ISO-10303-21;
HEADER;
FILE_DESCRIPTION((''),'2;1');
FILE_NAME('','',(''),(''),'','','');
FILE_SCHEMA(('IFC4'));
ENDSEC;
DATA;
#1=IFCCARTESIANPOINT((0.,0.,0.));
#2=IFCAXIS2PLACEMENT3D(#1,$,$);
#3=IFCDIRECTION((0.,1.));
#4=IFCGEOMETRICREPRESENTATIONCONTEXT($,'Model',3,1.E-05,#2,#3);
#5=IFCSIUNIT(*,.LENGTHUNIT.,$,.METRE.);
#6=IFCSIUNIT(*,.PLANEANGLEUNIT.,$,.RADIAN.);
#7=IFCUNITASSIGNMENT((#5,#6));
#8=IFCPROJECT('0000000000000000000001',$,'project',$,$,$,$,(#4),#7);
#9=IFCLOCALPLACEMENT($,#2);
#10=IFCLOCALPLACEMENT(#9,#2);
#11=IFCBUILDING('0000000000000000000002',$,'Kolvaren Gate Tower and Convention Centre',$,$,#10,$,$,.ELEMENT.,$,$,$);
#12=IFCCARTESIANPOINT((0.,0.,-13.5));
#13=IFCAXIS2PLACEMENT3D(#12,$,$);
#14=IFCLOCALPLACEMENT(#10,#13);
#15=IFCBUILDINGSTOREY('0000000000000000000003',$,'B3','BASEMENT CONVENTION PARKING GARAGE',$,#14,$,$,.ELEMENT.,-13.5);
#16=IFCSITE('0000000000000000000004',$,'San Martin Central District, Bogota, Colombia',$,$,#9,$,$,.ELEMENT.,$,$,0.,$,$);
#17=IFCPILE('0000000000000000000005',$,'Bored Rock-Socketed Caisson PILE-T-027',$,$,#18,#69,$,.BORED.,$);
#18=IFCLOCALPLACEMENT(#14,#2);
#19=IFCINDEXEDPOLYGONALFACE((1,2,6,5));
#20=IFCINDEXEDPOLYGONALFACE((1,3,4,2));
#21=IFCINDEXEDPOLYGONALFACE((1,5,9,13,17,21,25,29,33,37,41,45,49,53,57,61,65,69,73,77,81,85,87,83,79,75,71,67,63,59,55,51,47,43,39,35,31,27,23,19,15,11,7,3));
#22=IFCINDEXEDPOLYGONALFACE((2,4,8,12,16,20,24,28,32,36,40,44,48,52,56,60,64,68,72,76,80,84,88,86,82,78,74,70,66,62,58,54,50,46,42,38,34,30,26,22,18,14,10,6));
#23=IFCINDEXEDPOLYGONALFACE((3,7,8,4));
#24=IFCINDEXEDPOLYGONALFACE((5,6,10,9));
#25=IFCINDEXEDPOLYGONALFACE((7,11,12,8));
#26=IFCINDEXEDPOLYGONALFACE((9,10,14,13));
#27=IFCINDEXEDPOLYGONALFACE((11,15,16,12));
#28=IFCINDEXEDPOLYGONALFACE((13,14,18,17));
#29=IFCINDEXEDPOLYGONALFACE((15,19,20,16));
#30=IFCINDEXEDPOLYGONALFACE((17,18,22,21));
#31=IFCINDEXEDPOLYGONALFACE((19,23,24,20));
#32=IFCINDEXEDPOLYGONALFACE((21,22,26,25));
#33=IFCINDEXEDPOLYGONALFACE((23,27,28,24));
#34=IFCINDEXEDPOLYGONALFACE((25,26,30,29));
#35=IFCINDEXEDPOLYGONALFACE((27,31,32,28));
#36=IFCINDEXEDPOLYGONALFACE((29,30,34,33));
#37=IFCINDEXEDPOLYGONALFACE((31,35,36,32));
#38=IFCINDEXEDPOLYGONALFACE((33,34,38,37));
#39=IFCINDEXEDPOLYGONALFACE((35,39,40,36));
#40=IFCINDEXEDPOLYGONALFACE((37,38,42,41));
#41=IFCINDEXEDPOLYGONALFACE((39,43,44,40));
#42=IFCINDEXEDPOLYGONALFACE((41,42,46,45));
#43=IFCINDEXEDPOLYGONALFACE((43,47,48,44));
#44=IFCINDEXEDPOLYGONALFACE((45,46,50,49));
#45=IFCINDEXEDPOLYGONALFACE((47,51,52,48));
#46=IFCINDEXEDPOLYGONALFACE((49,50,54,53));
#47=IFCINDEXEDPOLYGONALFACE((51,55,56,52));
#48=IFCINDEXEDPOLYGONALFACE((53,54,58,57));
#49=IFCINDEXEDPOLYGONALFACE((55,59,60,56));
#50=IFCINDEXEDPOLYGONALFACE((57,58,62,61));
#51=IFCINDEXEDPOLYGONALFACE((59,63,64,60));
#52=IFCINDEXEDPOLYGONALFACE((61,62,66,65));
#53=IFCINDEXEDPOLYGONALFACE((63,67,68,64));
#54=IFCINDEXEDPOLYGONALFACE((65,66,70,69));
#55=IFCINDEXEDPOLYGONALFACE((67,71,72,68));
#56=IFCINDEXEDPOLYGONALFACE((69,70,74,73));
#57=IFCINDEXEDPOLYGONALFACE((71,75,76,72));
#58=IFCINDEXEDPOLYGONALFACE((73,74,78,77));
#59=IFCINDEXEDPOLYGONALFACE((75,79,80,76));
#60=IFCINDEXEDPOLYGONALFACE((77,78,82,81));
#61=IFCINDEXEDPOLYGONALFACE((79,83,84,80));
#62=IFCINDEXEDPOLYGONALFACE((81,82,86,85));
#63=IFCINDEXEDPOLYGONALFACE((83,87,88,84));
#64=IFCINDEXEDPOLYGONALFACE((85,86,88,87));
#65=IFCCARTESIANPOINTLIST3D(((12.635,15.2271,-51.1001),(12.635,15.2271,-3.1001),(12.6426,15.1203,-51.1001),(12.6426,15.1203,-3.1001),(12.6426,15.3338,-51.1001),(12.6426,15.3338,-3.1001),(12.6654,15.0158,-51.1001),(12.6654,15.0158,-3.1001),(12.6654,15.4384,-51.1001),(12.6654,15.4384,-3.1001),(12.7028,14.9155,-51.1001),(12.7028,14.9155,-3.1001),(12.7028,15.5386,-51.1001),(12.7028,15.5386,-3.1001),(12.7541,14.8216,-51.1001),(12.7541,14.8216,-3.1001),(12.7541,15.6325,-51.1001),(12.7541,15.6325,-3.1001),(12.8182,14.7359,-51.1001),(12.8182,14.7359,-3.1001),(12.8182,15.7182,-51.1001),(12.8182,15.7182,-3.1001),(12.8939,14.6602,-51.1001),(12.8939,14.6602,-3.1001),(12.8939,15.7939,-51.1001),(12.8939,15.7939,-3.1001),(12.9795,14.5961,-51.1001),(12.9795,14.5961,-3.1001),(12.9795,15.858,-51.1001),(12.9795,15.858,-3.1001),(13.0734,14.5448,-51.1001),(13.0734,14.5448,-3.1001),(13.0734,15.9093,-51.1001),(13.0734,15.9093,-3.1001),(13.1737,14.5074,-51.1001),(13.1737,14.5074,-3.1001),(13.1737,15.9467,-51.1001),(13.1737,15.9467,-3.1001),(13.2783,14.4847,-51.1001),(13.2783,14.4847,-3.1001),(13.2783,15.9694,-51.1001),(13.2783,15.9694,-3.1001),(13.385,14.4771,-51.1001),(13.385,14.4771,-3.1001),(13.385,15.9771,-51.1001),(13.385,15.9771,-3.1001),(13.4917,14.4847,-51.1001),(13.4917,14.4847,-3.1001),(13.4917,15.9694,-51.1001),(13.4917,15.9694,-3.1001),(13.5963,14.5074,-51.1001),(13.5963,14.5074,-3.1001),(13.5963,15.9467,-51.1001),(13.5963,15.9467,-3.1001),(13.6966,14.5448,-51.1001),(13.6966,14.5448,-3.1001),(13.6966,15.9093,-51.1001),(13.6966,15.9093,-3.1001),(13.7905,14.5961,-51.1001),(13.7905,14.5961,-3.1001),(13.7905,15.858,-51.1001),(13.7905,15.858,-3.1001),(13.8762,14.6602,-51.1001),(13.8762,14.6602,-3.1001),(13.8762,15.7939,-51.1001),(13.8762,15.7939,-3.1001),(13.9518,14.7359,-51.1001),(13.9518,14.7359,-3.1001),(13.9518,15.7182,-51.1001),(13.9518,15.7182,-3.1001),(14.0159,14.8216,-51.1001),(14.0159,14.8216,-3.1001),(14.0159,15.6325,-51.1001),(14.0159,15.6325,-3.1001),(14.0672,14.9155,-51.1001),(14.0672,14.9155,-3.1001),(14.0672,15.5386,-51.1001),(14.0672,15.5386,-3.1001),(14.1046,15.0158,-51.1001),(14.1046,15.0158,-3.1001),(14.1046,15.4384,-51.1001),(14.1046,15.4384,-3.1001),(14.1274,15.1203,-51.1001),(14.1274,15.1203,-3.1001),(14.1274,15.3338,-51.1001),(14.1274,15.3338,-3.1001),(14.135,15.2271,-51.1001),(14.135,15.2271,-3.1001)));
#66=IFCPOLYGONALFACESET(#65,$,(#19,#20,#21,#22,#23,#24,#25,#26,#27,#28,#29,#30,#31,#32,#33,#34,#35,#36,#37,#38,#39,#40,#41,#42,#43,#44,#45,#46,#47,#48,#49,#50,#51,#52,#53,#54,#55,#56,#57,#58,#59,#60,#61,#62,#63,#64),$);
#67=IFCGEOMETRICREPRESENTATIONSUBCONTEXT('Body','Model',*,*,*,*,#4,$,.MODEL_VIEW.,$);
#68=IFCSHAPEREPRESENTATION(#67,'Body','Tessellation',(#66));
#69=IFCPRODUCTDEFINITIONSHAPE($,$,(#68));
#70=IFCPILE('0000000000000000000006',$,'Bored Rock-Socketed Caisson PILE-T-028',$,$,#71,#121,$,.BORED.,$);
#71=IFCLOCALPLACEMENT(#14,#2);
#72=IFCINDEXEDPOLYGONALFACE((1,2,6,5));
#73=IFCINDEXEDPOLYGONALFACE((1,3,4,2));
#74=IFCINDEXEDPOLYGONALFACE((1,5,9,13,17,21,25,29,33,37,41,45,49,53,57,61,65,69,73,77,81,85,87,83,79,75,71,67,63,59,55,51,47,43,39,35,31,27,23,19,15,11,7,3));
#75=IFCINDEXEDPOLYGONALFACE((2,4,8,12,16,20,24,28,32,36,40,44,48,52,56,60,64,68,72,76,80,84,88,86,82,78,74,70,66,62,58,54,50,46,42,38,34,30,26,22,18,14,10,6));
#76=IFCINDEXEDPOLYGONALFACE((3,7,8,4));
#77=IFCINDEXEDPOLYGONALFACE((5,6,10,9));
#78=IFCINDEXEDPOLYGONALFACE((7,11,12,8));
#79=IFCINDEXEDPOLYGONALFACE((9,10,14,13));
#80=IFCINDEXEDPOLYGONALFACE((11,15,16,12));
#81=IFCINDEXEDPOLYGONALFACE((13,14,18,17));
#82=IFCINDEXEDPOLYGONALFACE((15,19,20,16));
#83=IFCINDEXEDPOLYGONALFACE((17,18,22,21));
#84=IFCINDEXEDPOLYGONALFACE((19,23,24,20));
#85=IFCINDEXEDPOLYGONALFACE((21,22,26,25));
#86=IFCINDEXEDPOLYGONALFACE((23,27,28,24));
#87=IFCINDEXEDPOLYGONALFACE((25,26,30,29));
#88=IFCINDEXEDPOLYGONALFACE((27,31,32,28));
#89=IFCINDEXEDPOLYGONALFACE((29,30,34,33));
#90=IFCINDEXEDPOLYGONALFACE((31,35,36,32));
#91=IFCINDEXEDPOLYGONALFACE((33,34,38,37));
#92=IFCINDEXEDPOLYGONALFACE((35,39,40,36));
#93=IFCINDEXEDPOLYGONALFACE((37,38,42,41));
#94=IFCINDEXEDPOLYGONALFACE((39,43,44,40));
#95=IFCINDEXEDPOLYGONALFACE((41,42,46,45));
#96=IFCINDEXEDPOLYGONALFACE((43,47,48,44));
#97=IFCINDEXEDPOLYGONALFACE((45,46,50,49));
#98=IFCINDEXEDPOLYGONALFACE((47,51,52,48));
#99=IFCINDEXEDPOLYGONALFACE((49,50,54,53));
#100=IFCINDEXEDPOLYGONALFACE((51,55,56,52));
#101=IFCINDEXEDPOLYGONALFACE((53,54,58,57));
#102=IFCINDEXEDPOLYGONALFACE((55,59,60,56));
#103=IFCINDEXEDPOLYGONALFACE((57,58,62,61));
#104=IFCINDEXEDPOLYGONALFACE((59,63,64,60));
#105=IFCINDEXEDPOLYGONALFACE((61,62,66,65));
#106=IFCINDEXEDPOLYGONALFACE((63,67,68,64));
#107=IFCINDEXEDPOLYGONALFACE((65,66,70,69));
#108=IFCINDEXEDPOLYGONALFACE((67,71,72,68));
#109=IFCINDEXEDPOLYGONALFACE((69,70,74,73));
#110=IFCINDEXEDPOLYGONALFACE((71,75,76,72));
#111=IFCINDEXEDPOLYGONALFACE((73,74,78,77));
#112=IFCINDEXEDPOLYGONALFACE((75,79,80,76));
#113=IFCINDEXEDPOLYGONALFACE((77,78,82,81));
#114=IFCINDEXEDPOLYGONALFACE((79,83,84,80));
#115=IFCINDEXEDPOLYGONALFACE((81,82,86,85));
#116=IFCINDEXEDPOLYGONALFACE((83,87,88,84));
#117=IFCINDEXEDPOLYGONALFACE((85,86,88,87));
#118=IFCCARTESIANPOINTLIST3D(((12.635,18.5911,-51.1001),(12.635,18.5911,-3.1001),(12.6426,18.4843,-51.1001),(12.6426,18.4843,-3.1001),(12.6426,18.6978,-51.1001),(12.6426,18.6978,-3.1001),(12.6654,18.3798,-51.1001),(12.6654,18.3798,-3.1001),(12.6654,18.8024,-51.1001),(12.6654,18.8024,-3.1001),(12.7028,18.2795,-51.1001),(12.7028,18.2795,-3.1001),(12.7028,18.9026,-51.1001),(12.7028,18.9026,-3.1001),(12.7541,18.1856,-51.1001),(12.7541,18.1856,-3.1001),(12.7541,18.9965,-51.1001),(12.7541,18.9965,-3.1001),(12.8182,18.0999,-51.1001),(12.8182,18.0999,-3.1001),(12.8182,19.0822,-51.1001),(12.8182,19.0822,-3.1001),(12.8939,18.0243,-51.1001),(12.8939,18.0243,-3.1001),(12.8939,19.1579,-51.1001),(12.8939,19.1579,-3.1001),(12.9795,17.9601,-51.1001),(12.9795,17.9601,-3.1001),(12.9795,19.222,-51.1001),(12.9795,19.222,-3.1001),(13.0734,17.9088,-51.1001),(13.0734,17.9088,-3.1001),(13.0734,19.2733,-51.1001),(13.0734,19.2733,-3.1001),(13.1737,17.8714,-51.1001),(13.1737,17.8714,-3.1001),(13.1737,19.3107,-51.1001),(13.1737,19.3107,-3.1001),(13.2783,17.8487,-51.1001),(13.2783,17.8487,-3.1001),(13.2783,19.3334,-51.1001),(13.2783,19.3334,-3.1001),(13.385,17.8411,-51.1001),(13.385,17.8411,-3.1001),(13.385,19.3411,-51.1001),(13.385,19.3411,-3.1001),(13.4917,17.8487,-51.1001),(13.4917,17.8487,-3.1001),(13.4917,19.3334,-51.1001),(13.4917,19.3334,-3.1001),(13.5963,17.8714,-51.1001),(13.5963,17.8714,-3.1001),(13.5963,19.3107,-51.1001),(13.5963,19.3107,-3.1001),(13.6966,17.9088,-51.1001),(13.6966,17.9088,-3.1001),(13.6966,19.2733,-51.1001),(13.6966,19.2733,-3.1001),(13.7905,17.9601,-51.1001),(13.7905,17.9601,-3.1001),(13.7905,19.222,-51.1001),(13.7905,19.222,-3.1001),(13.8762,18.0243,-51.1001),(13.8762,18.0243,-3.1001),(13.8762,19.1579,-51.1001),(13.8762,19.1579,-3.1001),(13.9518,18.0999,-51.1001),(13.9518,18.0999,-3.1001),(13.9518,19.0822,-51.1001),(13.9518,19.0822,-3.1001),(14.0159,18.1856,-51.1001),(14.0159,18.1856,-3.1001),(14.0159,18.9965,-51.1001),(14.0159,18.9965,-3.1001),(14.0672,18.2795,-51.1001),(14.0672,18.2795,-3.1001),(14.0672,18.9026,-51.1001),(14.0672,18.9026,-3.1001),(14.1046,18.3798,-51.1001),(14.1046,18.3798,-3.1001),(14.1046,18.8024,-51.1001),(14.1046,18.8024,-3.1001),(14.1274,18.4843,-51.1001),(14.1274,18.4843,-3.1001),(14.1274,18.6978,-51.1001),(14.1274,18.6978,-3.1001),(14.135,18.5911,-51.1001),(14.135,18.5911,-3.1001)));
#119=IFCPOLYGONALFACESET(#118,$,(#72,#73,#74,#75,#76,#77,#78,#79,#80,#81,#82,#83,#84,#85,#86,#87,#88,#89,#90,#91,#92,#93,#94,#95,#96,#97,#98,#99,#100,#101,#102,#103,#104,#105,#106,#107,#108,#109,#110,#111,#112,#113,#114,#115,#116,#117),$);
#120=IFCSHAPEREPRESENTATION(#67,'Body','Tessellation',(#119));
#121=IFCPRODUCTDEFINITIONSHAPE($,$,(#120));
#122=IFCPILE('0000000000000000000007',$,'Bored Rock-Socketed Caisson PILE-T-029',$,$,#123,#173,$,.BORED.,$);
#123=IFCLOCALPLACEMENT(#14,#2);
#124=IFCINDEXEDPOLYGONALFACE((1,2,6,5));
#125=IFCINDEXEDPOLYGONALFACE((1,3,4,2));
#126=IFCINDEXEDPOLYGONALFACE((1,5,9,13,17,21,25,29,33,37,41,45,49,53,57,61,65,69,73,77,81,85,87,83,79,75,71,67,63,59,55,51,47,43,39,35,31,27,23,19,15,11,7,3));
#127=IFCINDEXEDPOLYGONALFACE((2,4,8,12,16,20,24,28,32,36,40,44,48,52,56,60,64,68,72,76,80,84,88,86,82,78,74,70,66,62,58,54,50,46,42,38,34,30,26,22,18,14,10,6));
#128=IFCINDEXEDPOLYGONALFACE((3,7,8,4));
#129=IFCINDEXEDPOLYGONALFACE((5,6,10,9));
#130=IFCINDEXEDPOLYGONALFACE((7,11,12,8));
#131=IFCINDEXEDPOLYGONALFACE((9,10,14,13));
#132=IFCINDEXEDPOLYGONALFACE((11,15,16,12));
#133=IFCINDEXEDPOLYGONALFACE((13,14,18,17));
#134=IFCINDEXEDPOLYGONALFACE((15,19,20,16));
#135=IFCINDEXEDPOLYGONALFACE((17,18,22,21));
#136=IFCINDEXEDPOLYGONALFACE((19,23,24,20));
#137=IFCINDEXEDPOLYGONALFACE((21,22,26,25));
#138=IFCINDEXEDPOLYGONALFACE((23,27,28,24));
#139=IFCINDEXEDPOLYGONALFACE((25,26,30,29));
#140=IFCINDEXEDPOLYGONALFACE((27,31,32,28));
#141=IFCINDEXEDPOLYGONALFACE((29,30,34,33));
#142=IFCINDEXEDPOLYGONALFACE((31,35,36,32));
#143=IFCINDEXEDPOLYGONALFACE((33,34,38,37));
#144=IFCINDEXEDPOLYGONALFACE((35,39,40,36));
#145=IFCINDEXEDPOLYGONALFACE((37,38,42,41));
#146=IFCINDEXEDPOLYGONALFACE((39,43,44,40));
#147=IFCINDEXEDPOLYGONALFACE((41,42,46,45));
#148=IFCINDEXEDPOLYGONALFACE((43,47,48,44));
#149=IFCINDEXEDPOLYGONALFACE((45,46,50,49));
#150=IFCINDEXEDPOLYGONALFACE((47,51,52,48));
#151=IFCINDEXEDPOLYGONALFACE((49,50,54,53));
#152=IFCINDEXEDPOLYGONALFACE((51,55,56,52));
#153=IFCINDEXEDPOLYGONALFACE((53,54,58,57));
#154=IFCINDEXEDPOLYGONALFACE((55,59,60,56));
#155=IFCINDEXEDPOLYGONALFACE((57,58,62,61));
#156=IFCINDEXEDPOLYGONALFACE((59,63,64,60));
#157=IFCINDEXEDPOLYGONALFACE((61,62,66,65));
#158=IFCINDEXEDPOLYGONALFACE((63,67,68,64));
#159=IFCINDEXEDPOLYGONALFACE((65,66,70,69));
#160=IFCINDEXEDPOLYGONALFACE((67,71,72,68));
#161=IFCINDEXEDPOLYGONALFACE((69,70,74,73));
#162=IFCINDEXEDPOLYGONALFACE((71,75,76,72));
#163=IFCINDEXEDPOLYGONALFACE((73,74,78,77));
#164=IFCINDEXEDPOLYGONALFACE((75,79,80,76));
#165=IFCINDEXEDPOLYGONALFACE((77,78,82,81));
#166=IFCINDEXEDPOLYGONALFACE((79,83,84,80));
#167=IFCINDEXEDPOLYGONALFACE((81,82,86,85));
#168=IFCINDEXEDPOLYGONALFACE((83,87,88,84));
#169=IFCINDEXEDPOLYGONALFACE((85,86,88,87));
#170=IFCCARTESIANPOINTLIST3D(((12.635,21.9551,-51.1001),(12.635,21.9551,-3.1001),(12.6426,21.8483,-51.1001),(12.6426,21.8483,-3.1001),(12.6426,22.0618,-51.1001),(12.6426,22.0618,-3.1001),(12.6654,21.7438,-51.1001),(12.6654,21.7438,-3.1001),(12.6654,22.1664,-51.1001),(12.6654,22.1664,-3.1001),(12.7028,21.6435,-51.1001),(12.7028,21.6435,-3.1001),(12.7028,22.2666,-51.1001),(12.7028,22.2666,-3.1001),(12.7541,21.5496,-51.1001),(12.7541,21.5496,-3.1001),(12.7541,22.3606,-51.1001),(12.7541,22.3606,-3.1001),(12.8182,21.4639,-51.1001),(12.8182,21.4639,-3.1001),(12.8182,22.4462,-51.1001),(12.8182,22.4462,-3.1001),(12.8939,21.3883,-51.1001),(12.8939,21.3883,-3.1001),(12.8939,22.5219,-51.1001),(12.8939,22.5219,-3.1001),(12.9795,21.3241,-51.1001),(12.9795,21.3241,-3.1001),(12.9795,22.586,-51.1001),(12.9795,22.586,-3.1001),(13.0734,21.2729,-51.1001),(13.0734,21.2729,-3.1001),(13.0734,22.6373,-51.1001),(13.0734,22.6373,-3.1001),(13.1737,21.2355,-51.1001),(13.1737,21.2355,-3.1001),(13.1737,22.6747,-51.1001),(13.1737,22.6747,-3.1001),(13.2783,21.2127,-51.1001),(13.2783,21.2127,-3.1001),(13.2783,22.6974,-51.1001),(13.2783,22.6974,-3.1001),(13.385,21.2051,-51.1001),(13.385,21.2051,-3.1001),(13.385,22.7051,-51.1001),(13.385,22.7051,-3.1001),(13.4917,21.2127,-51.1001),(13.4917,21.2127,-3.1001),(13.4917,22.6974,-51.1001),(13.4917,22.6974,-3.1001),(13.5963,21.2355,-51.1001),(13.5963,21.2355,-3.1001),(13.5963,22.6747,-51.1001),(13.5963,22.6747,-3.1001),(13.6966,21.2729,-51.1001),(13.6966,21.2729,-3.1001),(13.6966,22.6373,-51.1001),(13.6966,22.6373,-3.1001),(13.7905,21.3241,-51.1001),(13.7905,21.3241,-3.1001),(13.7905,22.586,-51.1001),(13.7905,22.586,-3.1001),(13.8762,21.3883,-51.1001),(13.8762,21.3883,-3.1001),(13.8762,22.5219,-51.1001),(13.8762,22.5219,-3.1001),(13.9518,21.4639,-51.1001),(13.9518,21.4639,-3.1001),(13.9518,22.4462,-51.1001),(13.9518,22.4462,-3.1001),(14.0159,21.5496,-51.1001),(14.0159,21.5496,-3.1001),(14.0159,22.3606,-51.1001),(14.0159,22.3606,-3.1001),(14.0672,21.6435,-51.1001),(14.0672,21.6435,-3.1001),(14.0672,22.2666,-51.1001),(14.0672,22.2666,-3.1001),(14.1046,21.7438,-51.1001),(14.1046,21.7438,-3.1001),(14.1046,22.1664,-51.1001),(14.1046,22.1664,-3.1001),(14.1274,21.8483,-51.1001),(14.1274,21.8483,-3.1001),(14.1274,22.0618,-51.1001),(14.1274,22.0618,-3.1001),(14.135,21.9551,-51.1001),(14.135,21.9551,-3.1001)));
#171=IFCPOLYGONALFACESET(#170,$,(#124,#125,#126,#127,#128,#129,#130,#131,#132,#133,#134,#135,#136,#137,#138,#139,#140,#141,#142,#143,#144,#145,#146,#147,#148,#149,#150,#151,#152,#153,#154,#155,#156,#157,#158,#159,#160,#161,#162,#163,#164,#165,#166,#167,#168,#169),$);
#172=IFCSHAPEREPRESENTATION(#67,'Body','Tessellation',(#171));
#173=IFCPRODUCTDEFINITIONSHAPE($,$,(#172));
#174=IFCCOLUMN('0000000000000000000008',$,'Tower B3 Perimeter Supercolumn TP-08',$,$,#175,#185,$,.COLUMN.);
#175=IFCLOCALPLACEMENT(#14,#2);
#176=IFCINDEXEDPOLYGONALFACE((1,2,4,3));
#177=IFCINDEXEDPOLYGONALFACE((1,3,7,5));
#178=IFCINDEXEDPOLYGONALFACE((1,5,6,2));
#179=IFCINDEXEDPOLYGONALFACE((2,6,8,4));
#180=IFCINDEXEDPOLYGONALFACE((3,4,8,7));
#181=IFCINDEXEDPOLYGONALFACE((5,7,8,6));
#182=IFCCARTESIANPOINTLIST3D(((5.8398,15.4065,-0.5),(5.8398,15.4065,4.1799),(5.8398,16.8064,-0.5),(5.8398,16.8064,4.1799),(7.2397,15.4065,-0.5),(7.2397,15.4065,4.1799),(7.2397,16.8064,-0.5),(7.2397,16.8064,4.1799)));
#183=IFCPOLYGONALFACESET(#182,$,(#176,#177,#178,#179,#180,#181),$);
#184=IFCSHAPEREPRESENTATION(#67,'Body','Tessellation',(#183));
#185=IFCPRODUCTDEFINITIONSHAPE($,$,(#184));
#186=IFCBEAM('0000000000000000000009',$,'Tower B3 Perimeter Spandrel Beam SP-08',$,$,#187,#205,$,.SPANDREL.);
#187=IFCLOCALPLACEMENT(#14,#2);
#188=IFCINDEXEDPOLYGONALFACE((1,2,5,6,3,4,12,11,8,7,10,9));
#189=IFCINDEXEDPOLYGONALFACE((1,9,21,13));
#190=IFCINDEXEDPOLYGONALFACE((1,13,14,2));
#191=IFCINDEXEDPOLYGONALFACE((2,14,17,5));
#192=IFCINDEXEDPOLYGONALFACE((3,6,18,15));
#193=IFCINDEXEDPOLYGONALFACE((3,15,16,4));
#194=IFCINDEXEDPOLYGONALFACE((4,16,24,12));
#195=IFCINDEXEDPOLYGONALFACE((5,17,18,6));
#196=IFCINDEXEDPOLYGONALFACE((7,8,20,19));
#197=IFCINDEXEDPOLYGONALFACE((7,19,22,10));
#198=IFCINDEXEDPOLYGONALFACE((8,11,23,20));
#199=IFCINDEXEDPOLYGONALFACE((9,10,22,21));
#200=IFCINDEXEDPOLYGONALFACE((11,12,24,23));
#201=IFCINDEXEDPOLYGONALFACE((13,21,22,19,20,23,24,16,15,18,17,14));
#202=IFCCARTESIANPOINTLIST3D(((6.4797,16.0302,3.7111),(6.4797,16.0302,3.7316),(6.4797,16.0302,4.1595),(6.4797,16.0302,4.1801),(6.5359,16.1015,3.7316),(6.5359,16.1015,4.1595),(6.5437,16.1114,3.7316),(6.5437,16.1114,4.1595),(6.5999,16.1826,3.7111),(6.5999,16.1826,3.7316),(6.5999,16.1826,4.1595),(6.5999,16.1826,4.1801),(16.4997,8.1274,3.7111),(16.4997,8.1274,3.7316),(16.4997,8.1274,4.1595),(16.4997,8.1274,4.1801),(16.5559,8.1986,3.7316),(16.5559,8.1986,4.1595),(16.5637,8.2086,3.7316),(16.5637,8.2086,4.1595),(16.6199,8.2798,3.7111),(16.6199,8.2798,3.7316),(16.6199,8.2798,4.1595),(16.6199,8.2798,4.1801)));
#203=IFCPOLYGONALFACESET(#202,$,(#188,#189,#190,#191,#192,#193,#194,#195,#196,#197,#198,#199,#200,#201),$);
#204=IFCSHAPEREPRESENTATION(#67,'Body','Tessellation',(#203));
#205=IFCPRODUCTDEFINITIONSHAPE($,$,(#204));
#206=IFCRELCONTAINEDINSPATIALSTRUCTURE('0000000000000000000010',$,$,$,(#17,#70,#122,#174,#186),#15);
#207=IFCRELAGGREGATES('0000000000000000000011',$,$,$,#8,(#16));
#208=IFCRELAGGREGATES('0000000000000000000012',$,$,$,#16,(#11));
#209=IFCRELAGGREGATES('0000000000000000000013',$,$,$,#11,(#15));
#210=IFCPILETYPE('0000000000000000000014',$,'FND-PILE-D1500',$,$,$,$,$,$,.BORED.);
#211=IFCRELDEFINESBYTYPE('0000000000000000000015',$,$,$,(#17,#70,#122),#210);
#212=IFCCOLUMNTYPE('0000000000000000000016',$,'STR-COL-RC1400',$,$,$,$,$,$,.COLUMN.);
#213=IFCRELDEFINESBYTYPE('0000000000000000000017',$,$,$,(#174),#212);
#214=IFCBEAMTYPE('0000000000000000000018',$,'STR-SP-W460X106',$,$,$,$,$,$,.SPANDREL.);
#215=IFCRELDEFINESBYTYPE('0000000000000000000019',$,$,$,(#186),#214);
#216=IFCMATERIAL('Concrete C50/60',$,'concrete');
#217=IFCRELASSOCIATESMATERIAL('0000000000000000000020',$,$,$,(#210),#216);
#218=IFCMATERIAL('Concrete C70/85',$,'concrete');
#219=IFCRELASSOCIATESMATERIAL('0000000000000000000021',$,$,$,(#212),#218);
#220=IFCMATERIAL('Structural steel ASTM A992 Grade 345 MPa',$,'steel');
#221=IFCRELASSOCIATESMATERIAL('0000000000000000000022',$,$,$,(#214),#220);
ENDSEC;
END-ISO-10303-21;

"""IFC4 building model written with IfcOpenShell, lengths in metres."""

from ifc_helpers import new_model, si_unit, direction, frame, origin, origin_2d, place, context, subcontext, project, spatial, rectangle, circle, i_section, extrude, material, material_profile, profile_set, type_object, element, save


model = new_model("IFC4")

# Units and contexts
model_context = context("Model", 3, precision=1e-05, world=origin(), true_north=direction((0.0, 1.0)))
body_context = subcontext(model_context, "Body", "Model", "MODEL_VIEW")
ifc_project = project(units=[si_unit("LENGTHUNIT", "METRE"), si_unit("PLANEANGLEUNIT", "RADIAN")], contexts=[model_context])

# Site, building, storey
site_placement = place(None, origin())
site = spatial("IfcSite", under=ifc_project, at=site_placement, Name="San Martin Central District, Bogota, Colombia", CompositionType="ELEMENT", RefElevation=0.0)
building_placement = place(site_placement, origin())
building = spatial("IfcBuilding", under=site, at=building_placement, Name="Kolvaren Gate Tower and Convention Centre", CompositionType="ELEMENT")
storey_placement = place(building_placement, frame((0.0, 0.0, -13.5)))
storey = spatial("IfcBuildingStorey", under=building, at=storey_placement, Name="B3", Description="BASEMENT CONVENTION PARKING GARAGE", CompositionType="ELEMENT", Elevation=-13.5)

# Piles
ifc_material_1 = material(Name="Concrete C50/60", Category="concrete")
ifc_material_profile_1 = material_profile(ifc_material_1, circle(Radius=0.75, at=origin_2d()), Name="CAISSON-D1500")
ifc_profile_set_1 = profile_set([ifc_material_profile_1], Name="Concrete C50/60")
pile_type = type_object("IfcPileType", Name="FND-PILE-D1500", PredefinedType="BORED", material=ifc_profile_set_1)
for number, where, z_axis, x_axis, name in (
    (1, (13.385, 15.2271, -3.1001), (0.0, 0.0, -1.0), (1.0, 0.0, 0.0), "Bored Rock-Socketed Caisson PILE-T-027"),
    (2, (13.385, 18.5911, -3.1001), (0.0, 0.0, -1.0), (1.0, 0.0, 0.0), "Bored Rock-Socketed Caisson PILE-T-028"),
    (3, (13.385, 21.9551, -3.1001), (0.0, 0.0, -1.0), (1.0, 0.0, 0.0), "Bored Rock-Socketed Caisson PILE-T-029"),
):
    element("IfcPile", number, at=place(storey_placement, frame(where, z_axis=z_axis, x_axis=x_axis)), inside=storey, type_object=pile_type, Name=name, PredefinedType="BORED", context=body_context, shape_type="SweptSolid", body=[
        extrude(circle(Radius=0.75, at=origin_2d()), origin(), (0.0, 0.0, 1.0), 48.0),
    ])

# Column
ifc_material_2 = material(Name="Concrete C70/85", Category="concrete")
ifc_material_profile_2 = material_profile(ifc_material_2, rectangle(XDim=1.3999, YDim=1.3999, at=origin_2d()), Name="RC-COL-1400X1400")
ifc_profile_set_2 = profile_set([ifc_material_profile_2], Name="Concrete C70/85")
column_type = type_object("IfcColumnType", Name="STR-COL-RC1400", PredefinedType="COLUMN", material=ifc_profile_set_2)
column_placement = place(storey_placement, frame((6.5398, 16.1064, -0.5), z_axis=(0.0, 0.0, 1.0), x_axis=(1.0, 0.0, 0.0)))
element("IfcColumn", 4, at=column_placement, inside=storey, type_object=column_type, Name="Tower B3 Perimeter Supercolumn TP-08", PredefinedType="COLUMN", context=body_context, shape_type="SweptSolid", body=[
    extrude(rectangle(XDim=1.3999, YDim=1.3999, at=origin_2d()), origin(), (0.0, 0.0, 1.0), 4.6799),
])

# Beam
ifc_material_3 = material(Name="Structural steel ASTM A992 Grade 345 MPa", Category="steel")
ifc_material_profile_3 = material_profile(ifc_material_3, i_section(OverallWidth=0.1941, OverallDepth=0.469, WebThickness=0.0127, FlangeThickness=0.0205, at=origin_2d()), Name="W460X106")
ifc_profile_set_3 = profile_set([ifc_material_profile_3], Name="Structural steel ASTM A992 Grade 345 MPa")
beam_type = type_object("IfcBeamType", Name="STR-SP-W460X106", PredefinedType="SPANDREL", material=ifc_profile_set_3)
beam_placement = place(storey_placement, frame((6.5398, 16.1064, 3.9456), z_axis=(0.785176, -0.619272, 0.0), x_axis=(0.619272, 0.785176, 0.0)))
element("IfcBeam", 5, at=beam_placement, inside=storey, type_object=beam_type, Name="Tower B3 Perimeter Spandrel Beam SP-08", PredefinedType="SPANDREL", context=body_context, shape_type="SweptSolid", body=[
    extrude(i_section(OverallWidth=0.1941, OverallDepth=0.469, WebThickness=0.0127, FlangeThickness=0.0205, at=origin_2d()), origin(), (0.0, 0.0, 1.0), 12.7615),
])

save(model, "model.ifc")
